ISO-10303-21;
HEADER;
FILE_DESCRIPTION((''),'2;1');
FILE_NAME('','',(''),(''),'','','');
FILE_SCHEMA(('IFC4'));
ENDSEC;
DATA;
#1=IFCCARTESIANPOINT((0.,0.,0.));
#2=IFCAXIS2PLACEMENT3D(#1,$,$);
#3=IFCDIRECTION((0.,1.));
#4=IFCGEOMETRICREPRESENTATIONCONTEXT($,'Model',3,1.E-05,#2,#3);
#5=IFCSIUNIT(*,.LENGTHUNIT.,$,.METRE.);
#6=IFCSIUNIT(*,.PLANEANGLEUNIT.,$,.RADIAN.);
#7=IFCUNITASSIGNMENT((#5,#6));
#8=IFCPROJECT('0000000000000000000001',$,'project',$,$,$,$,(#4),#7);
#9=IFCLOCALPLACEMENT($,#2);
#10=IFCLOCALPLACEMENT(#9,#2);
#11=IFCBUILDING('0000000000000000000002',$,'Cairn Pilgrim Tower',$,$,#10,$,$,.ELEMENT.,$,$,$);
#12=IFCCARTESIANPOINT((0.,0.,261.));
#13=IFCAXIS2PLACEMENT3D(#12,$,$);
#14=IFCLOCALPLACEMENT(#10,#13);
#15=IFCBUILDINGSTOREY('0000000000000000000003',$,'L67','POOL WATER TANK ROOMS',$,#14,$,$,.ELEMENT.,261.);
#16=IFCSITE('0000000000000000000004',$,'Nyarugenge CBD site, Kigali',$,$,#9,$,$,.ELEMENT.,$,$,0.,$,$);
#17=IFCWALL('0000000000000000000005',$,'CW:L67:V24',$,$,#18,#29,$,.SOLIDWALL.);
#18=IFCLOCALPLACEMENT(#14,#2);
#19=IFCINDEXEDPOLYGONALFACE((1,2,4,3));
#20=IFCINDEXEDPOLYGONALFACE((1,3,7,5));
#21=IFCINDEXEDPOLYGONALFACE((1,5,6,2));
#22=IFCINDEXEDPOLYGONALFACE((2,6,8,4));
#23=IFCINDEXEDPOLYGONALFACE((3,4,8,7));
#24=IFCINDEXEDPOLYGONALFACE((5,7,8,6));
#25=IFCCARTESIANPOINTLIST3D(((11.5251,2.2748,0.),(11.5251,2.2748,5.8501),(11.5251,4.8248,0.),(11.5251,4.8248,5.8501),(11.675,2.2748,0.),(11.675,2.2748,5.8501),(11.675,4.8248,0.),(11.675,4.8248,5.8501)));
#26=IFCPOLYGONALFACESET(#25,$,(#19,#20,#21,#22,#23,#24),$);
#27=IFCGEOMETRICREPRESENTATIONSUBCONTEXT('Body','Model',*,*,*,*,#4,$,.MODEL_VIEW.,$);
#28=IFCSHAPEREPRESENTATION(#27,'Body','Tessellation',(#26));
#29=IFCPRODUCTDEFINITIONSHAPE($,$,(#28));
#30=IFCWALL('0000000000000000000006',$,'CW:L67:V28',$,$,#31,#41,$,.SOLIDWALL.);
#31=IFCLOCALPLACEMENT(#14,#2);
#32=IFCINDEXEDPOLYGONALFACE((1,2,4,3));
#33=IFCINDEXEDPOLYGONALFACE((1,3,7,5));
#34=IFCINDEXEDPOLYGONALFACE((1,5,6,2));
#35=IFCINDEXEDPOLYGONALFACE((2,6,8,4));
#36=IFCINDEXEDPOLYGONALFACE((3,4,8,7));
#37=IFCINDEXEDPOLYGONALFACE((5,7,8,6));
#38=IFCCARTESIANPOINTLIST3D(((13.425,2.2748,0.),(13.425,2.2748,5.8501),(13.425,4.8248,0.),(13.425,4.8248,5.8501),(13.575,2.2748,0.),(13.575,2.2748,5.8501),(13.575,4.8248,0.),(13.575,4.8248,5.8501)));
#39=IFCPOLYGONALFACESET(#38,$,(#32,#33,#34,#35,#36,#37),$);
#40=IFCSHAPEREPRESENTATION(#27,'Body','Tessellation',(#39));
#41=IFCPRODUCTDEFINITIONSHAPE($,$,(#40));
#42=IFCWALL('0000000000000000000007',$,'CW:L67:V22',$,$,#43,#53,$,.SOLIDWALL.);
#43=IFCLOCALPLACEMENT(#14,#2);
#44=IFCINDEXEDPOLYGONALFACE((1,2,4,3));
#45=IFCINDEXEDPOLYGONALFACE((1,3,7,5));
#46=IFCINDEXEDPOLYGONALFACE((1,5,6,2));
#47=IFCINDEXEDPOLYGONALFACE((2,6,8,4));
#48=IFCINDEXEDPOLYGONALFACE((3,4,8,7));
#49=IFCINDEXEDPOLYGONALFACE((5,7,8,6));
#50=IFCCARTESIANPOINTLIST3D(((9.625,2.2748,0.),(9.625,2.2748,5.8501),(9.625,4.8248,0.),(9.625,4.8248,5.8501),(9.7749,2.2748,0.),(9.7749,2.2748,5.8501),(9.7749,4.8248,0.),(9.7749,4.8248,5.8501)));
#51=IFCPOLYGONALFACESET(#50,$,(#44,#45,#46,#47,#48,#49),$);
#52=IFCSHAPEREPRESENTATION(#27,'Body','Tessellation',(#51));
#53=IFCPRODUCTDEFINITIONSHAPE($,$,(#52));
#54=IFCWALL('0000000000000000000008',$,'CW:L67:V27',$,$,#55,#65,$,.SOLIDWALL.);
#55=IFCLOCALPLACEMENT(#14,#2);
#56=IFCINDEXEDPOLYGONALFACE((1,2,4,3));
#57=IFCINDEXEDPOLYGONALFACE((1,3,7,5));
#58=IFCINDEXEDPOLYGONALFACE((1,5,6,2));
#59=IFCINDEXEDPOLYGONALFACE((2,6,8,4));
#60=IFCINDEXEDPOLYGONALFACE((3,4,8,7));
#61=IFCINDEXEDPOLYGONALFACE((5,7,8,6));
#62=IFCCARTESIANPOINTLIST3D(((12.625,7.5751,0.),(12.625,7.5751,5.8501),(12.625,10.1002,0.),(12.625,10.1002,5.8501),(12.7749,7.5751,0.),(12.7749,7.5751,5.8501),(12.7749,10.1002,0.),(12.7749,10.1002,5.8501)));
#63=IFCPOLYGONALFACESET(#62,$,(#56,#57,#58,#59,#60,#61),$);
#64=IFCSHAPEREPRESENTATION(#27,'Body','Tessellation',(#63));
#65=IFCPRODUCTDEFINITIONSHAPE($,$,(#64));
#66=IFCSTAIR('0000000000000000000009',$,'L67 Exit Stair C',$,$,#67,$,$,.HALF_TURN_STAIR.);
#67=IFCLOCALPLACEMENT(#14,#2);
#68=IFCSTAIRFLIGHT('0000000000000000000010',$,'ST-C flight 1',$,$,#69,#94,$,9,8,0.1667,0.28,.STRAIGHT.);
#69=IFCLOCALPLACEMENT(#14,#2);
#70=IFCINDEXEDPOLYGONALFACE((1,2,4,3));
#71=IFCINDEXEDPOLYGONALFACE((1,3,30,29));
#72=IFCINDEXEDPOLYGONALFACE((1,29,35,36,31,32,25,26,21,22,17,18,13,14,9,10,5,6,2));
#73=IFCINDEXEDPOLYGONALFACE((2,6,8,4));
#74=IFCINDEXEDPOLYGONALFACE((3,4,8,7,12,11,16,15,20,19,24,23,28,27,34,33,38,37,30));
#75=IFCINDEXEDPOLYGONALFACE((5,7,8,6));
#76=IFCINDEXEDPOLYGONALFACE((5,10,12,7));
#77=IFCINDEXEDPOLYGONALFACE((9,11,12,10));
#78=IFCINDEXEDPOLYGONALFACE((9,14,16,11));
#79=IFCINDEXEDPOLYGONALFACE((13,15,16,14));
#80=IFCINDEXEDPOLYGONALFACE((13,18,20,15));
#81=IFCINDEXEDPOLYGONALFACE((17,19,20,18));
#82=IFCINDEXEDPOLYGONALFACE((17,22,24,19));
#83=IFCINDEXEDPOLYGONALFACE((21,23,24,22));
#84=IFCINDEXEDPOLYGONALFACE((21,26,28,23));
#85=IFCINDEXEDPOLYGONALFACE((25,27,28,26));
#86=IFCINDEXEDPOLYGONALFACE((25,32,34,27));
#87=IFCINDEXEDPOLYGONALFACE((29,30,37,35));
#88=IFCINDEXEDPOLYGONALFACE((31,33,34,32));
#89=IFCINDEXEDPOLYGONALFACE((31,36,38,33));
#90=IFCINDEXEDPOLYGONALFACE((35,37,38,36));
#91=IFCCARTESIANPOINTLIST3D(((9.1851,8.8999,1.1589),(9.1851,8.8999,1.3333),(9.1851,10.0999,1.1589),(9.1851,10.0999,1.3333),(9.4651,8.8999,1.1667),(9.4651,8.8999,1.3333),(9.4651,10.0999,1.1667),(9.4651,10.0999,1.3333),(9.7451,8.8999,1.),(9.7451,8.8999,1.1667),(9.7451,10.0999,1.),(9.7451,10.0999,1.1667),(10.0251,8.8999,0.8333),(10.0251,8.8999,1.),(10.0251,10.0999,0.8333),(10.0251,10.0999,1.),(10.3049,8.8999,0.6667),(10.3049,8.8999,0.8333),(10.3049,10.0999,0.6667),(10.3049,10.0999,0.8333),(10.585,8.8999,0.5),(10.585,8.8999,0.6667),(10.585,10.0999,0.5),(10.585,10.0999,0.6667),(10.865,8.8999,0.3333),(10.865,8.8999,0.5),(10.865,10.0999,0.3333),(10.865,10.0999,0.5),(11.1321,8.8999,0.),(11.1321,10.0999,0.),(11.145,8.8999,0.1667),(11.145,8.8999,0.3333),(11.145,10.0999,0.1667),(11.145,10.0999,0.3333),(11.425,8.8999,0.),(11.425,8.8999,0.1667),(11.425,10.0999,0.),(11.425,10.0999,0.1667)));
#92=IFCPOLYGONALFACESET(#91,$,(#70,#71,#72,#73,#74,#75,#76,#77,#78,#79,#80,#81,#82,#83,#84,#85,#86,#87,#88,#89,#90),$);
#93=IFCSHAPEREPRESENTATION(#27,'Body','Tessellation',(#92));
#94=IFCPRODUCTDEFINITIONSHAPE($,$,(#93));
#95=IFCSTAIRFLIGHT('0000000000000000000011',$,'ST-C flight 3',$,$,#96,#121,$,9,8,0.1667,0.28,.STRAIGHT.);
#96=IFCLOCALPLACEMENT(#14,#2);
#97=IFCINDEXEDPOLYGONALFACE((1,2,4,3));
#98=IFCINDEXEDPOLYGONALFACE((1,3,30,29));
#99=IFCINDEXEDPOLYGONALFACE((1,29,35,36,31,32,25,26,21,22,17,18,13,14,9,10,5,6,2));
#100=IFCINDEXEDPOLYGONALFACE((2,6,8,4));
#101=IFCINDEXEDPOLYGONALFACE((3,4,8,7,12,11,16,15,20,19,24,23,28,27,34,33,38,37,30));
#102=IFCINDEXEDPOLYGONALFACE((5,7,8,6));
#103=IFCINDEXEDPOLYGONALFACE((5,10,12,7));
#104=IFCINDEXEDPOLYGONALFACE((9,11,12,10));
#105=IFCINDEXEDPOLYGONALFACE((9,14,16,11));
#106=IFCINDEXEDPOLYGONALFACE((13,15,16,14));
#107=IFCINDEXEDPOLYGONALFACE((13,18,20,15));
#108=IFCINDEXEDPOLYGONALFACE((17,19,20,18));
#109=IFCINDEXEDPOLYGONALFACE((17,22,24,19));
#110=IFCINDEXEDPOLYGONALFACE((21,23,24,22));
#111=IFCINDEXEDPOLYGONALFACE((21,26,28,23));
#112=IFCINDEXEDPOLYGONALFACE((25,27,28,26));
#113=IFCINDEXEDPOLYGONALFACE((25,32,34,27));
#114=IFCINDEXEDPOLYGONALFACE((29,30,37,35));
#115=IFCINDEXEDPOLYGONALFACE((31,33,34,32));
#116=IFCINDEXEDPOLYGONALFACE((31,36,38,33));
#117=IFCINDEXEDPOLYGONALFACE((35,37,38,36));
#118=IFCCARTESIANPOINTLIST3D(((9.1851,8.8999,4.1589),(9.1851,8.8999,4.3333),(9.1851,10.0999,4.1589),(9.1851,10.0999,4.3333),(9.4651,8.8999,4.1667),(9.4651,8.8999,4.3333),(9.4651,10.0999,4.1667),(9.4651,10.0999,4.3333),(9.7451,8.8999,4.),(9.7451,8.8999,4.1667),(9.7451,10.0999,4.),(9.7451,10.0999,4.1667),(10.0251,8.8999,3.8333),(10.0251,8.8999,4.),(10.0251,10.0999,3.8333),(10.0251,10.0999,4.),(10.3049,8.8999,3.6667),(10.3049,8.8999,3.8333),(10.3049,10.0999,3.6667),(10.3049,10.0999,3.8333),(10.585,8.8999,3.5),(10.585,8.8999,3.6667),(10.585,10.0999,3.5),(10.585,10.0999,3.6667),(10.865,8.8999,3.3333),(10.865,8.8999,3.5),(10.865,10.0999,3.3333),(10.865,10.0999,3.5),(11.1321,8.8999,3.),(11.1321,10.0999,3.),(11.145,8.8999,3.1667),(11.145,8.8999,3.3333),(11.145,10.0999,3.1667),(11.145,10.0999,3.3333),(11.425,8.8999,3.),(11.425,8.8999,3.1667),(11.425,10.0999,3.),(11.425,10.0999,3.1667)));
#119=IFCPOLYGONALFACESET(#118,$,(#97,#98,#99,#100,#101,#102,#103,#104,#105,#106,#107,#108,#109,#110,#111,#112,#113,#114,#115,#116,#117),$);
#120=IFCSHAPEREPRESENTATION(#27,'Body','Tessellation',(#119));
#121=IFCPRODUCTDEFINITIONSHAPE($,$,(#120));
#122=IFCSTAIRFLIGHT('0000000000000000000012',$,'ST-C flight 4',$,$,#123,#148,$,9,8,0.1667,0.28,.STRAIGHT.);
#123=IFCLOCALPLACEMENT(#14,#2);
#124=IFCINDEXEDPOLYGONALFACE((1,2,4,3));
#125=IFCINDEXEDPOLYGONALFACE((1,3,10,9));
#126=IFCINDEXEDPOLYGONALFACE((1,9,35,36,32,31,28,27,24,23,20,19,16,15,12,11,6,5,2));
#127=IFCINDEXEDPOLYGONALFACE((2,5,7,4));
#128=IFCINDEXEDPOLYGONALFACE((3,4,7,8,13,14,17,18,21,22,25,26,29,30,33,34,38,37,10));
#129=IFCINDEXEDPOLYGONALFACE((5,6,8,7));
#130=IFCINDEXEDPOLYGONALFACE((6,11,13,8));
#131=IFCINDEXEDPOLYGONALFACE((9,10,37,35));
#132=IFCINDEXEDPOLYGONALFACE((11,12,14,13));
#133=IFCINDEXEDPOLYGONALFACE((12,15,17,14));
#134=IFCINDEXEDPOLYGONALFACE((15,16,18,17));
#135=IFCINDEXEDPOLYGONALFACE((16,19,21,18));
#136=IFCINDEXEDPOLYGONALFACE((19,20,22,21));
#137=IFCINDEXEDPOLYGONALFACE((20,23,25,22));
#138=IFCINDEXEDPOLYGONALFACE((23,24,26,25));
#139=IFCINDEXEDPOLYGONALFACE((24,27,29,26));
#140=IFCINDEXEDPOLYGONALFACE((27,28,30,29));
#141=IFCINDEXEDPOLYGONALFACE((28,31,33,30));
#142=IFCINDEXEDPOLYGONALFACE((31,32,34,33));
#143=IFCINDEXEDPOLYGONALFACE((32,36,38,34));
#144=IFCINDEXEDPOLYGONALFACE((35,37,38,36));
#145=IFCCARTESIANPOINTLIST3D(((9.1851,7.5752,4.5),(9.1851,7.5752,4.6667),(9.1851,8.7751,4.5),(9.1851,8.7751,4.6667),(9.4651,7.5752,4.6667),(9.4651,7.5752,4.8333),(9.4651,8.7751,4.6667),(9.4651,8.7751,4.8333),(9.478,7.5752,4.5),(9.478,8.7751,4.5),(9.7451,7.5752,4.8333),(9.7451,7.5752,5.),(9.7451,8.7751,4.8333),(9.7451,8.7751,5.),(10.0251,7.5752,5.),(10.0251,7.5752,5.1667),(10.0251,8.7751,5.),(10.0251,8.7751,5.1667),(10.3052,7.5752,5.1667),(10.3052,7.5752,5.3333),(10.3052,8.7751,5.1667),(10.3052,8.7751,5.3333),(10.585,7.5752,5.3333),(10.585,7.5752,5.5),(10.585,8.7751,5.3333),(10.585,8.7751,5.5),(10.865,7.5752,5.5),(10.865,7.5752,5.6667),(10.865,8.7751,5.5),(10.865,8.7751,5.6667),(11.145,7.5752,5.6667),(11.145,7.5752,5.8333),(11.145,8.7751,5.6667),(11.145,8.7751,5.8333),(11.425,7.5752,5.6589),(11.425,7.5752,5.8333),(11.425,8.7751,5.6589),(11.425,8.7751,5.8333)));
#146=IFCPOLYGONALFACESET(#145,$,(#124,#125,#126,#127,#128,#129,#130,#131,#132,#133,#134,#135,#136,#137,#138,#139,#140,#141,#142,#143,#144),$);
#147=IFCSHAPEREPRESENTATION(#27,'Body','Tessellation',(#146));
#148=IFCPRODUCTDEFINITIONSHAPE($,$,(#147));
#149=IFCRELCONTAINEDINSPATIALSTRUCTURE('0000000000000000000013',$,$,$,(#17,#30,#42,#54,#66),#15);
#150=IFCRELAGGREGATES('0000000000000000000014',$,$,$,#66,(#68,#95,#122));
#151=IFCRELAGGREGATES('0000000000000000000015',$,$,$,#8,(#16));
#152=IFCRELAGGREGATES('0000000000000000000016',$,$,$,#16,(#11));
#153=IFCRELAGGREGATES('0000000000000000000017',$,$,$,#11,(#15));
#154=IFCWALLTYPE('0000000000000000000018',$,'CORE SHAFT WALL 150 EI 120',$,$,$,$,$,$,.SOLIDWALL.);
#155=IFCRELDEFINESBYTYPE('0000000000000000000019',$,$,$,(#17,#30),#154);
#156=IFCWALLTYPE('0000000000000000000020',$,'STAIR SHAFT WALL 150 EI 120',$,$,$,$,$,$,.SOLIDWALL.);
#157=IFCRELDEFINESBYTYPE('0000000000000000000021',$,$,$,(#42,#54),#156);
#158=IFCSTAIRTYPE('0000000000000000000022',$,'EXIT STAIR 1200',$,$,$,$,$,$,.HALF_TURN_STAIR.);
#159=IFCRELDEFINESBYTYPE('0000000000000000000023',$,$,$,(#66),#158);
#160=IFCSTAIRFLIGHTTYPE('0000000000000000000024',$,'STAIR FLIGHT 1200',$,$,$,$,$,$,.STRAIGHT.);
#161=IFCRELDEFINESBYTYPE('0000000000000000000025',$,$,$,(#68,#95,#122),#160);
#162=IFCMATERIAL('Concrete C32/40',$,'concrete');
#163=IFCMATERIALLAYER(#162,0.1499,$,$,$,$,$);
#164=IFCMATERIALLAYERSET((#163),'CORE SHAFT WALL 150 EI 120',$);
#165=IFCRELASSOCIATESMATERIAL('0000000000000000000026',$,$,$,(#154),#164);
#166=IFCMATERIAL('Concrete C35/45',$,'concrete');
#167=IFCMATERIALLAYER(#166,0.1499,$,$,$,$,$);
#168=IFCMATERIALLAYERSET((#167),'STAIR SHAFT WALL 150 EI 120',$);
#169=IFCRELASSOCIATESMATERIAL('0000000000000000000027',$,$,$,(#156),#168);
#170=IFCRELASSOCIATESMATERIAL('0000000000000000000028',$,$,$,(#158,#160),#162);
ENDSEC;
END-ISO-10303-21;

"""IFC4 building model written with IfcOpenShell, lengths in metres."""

from ifc_helpers import new_model, si_unit, direction, frame, frame_2d, origin, place, context, subcontext, project, spatial, polyline, rectangle, outline, extrude, material, layer, layer_set, type_object, element, aggregate, save


model = new_model("IFC4")

# Units and contexts
model_context = context("Model", 3, precision=1e-05, world=origin(), true_north=direction((0.0, 1.0)))
body_context = subcontext(model_context, "Body", "Model", "MODEL_VIEW")
ifc_project = project(units=[si_unit("LENGTHUNIT", "METRE"), si_unit("PLANEANGLEUNIT", "RADIAN")], contexts=[model_context])

# Site, building, storey
site_placement = place(None, origin())
site = spatial("IfcSite", under=ifc_project, at=site_placement, Name="Nyarugenge CBD site, Kigali", CompositionType="ELEMENT", RefElevation=0.0)
building_placement = place(site_placement, origin())
building = spatial("IfcBuilding", under=site, at=building_placement, Name="Cairn Pilgrim Tower", CompositionType="ELEMENT")
storey_placement = place(building_placement, frame((0.0, 0.0, 261.0)))
storey = spatial("IfcBuildingStorey", under=building, at=storey_placement, Name="L67", Description="POOL WATER TANK ROOMS", CompositionType="ELEMENT", Elevation=261.0)

# Shared definitions
ifc_material_1 = material(Name="Concrete C32/40", Category="concrete")

# Shared definitions
ifc_layer_1 = layer(ifc_material_1, 0.1499)
ifc_layer_set_1 = layer_set([ifc_layer_1], Name="CORE SHAFT WALL 150 EI 120")
wall_type_1 = type_object("IfcWallType", Name="CORE SHAFT WALL 150 EI 120", PredefinedType="SOLIDWALL", material=ifc_layer_set_1)

# Walls
for number, where, z_axis, x_axis, name in (
    (1, (11.6001, 2.2749, 0.0), (0.0, 0.0, 1.0), (0.0, 1.0, 0.0), "CW:L67:V24"),
    (2, (13.5, 2.2749, 0.0), (0.0, 0.0, 1.0), (0.0, 1.0, 0.0), "CW:L67:V28"),
):
    element("IfcWall", number, at=place(storey_placement, frame(where, z_axis=z_axis, x_axis=x_axis)), inside=storey, type_object=wall_type_1, Name=name, PredefinedType="SOLIDWALL", context=body_context, shape_type="SweptSolid", body=[
        extrude(rectangle(XDim=2.55, YDim=0.1499, at=frame_2d((1.2749, 0.0))), origin(), (0.0, 0.0, 1.0), 5.8501),
    ])
ifc_material_2 = material(Name="Concrete C35/45", Category="concrete")
ifc_layer_2 = layer(ifc_material_2, 0.1499)
ifc_layer_set_2 = layer_set([ifc_layer_2], Name="STAIR SHAFT WALL 150 EI 120")
wall_type_2 = type_object("IfcWallType", Name="STAIR SHAFT WALL 150 EI 120", PredefinedType="SOLIDWALL", material=ifc_layer_set_2)
wall_1_placement = place(storey_placement, frame((9.7, 2.2749, 0.0), z_axis=(0.0, 0.0, 1.0), x_axis=(0.0, 1.0, 0.0)))
element("IfcWall", 3, at=wall_1_placement, inside=storey, type_object=wall_type_2, Name="CW:L67:V22", PredefinedType="SOLIDWALL", context=body_context, shape_type="SweptSolid", body=[
    extrude(rectangle(XDim=2.55, YDim=0.1499, at=frame_2d((1.2749, 0.0))), origin(), (0.0, 0.0, 1.0), 5.8501),
])
wall_2_placement = place(storey_placement, frame((12.7, 7.575, 0.0), z_axis=(0.0, 0.0, 1.0), x_axis=(0.0, 1.0, 0.0)))
element("IfcWall", 4, at=wall_2_placement, inside=storey, type_object=wall_type_2, Name="CW:L67:V27", PredefinedType="SOLIDWALL", context=body_context, shape_type="SweptSolid", body=[
    extrude(rectangle(XDim=2.5251, YDim=0.1499, at=frame_2d((1.2627, 0.0))), origin(), (0.0, 0.0, 1.0), 5.8501),
])

# Stair, stair flights
stair_type = type_object("IfcStairType", Name="EXIT STAIR 1200", PredefinedType="HALF_TURN_STAIR", material=ifc_material_1)
stair_placement = place(storey_placement, origin())
stair = element("IfcStair", 5, at=stair_placement, inside=storey, type_object=stair_type, Name="L67 Exit Stair C", PredefinedType="HALF_TURN_STAIR")
stair_flight_type = type_object("IfcStairFlightType", Name="STAIR FLIGHT 1200", PredefinedType="STRAIGHT", material=ifc_material_1)
stair_flight_1_placement = place(storey_placement, frame((11.425, 9.5, 0.0), z_axis=(0.0, 0.0, 1.0), x_axis=(-1.0, 0.0, 0.0)))
stair_flight_1 = element("IfcStairFlight", 6, at=stair_flight_1_placement, type_object=stair_flight_type, Name="ST-C flight 1", NumberOfRisers=9, NumberOfTreads=8, PredefinedType="STRAIGHT", RiserHeight=0.1667, TreadLength=0.28, context=body_context, shape_type="SweptSolid", body=[
    extrude(outline(polyline([(0.0, 0.0), (0.0, 0.1667), (0.28, 0.1667), (0.28, 0.3333), (0.5601, 0.3333), (0.5601, 0.5), (0.8401, 0.5), (0.8401, 0.6667), (1.1201, 0.6667), (1.1201, 0.8333), (1.3999, 0.8333), (1.3999, 1.0), (1.6799, 1.0), (1.6799, 1.1667), (1.96, 1.1667), (1.96, 1.3333), (2.24, 1.3333), (2.24, 1.5), (2.24, 1.1589), (0.293, 0.0), (0.0, 0.0)])), frame((0.0, 0.6001, 0.0), z_axis=(0.0, -1.0, 0.0), x_axis=(1.0, 0.0, 0.0)), (0.0, 0.0, 1.0), 1.2),
])
stair_flight_2_placement = place(storey_placement, frame((11.425, 9.5, 3.0), z_axis=(0.0, 0.0, 1.0), x_axis=(-1.0, 0.0, 0.0)))
stair_flight_2 = element("IfcStairFlight", 7, at=stair_flight_2_placement, type_object=stair_flight_type, Name="ST-C flight 3", NumberOfRisers=9, NumberOfTreads=8, PredefinedType="STRAIGHT", RiserHeight=0.1667, TreadLength=0.28, context=body_context, shape_type="SweptSolid", body=[
    extrude(outline(polyline([(0.0, 0.0), (0.0, 0.1667), (0.28, 0.1667), (0.28, 0.3333), (0.5601, 0.3333), (0.5601, 0.5), (0.8401, 0.5), (0.8401, 0.6667), (1.1201, 0.6667), (1.1201, 0.8333), (1.3999, 0.8333), (1.3999, 1.0), (1.6799, 1.0), (1.6799, 1.1667), (1.96, 1.1667), (1.96, 1.3333), (2.24, 1.3333), (2.24, 1.5), (2.24, 1.1589), (0.293, 0.0), (0.0, 0.0)])), frame((0.0, 0.6001, 0.0), z_axis=(0.0, -1.0, 0.0), x_axis=(1.0, 0.0, 0.0)), (0.0, 0.0, 1.0), 1.2),
])
stair_flight_3_placement = place(storey_placement, frame((9.1851, 8.175, 4.5), z_axis=(0.0, 0.0, 1.0), x_axis=(1.0, 0.0, 0.0)))
stair_flight_3 = element("IfcStairFlight", 8, at=stair_flight_3_placement, type_object=stair_flight_type, Name="ST-C flight 4", NumberOfRisers=9, NumberOfTreads=8, PredefinedType="STRAIGHT", RiserHeight=0.1667, TreadLength=0.28, context=body_context, shape_type="SweptSolid", body=[
    extrude(outline(polyline([(0.0, 0.0), (0.0, 0.1667), (0.28, 0.1667), (0.28, 0.3333), (0.5601, 0.3333), (0.5601, 0.5), (0.8401, 0.5), (0.8401, 0.6667), (1.1201, 0.6667), (1.1201, 0.8333), (1.3999, 0.8333), (1.3999, 1.0), (1.6799, 1.0), (1.6799, 1.1667), (1.96, 1.1667), (1.96, 1.3333), (2.24, 1.3333), (2.24, 1.5), (2.24, 1.1589), (0.293, 0.0), (0.0, 0.0)])), frame((0.0, 0.6001, 0.0), z_axis=(0.0, -1.0, 0.0), x_axis=(1.0, 0.0, 0.0)), (0.0, 0.0, 1.0), 1.2),
])
aggregate(stair, [stair_flight_1, stair_flight_2, stair_flight_3])

save(model, "model.ifc")
